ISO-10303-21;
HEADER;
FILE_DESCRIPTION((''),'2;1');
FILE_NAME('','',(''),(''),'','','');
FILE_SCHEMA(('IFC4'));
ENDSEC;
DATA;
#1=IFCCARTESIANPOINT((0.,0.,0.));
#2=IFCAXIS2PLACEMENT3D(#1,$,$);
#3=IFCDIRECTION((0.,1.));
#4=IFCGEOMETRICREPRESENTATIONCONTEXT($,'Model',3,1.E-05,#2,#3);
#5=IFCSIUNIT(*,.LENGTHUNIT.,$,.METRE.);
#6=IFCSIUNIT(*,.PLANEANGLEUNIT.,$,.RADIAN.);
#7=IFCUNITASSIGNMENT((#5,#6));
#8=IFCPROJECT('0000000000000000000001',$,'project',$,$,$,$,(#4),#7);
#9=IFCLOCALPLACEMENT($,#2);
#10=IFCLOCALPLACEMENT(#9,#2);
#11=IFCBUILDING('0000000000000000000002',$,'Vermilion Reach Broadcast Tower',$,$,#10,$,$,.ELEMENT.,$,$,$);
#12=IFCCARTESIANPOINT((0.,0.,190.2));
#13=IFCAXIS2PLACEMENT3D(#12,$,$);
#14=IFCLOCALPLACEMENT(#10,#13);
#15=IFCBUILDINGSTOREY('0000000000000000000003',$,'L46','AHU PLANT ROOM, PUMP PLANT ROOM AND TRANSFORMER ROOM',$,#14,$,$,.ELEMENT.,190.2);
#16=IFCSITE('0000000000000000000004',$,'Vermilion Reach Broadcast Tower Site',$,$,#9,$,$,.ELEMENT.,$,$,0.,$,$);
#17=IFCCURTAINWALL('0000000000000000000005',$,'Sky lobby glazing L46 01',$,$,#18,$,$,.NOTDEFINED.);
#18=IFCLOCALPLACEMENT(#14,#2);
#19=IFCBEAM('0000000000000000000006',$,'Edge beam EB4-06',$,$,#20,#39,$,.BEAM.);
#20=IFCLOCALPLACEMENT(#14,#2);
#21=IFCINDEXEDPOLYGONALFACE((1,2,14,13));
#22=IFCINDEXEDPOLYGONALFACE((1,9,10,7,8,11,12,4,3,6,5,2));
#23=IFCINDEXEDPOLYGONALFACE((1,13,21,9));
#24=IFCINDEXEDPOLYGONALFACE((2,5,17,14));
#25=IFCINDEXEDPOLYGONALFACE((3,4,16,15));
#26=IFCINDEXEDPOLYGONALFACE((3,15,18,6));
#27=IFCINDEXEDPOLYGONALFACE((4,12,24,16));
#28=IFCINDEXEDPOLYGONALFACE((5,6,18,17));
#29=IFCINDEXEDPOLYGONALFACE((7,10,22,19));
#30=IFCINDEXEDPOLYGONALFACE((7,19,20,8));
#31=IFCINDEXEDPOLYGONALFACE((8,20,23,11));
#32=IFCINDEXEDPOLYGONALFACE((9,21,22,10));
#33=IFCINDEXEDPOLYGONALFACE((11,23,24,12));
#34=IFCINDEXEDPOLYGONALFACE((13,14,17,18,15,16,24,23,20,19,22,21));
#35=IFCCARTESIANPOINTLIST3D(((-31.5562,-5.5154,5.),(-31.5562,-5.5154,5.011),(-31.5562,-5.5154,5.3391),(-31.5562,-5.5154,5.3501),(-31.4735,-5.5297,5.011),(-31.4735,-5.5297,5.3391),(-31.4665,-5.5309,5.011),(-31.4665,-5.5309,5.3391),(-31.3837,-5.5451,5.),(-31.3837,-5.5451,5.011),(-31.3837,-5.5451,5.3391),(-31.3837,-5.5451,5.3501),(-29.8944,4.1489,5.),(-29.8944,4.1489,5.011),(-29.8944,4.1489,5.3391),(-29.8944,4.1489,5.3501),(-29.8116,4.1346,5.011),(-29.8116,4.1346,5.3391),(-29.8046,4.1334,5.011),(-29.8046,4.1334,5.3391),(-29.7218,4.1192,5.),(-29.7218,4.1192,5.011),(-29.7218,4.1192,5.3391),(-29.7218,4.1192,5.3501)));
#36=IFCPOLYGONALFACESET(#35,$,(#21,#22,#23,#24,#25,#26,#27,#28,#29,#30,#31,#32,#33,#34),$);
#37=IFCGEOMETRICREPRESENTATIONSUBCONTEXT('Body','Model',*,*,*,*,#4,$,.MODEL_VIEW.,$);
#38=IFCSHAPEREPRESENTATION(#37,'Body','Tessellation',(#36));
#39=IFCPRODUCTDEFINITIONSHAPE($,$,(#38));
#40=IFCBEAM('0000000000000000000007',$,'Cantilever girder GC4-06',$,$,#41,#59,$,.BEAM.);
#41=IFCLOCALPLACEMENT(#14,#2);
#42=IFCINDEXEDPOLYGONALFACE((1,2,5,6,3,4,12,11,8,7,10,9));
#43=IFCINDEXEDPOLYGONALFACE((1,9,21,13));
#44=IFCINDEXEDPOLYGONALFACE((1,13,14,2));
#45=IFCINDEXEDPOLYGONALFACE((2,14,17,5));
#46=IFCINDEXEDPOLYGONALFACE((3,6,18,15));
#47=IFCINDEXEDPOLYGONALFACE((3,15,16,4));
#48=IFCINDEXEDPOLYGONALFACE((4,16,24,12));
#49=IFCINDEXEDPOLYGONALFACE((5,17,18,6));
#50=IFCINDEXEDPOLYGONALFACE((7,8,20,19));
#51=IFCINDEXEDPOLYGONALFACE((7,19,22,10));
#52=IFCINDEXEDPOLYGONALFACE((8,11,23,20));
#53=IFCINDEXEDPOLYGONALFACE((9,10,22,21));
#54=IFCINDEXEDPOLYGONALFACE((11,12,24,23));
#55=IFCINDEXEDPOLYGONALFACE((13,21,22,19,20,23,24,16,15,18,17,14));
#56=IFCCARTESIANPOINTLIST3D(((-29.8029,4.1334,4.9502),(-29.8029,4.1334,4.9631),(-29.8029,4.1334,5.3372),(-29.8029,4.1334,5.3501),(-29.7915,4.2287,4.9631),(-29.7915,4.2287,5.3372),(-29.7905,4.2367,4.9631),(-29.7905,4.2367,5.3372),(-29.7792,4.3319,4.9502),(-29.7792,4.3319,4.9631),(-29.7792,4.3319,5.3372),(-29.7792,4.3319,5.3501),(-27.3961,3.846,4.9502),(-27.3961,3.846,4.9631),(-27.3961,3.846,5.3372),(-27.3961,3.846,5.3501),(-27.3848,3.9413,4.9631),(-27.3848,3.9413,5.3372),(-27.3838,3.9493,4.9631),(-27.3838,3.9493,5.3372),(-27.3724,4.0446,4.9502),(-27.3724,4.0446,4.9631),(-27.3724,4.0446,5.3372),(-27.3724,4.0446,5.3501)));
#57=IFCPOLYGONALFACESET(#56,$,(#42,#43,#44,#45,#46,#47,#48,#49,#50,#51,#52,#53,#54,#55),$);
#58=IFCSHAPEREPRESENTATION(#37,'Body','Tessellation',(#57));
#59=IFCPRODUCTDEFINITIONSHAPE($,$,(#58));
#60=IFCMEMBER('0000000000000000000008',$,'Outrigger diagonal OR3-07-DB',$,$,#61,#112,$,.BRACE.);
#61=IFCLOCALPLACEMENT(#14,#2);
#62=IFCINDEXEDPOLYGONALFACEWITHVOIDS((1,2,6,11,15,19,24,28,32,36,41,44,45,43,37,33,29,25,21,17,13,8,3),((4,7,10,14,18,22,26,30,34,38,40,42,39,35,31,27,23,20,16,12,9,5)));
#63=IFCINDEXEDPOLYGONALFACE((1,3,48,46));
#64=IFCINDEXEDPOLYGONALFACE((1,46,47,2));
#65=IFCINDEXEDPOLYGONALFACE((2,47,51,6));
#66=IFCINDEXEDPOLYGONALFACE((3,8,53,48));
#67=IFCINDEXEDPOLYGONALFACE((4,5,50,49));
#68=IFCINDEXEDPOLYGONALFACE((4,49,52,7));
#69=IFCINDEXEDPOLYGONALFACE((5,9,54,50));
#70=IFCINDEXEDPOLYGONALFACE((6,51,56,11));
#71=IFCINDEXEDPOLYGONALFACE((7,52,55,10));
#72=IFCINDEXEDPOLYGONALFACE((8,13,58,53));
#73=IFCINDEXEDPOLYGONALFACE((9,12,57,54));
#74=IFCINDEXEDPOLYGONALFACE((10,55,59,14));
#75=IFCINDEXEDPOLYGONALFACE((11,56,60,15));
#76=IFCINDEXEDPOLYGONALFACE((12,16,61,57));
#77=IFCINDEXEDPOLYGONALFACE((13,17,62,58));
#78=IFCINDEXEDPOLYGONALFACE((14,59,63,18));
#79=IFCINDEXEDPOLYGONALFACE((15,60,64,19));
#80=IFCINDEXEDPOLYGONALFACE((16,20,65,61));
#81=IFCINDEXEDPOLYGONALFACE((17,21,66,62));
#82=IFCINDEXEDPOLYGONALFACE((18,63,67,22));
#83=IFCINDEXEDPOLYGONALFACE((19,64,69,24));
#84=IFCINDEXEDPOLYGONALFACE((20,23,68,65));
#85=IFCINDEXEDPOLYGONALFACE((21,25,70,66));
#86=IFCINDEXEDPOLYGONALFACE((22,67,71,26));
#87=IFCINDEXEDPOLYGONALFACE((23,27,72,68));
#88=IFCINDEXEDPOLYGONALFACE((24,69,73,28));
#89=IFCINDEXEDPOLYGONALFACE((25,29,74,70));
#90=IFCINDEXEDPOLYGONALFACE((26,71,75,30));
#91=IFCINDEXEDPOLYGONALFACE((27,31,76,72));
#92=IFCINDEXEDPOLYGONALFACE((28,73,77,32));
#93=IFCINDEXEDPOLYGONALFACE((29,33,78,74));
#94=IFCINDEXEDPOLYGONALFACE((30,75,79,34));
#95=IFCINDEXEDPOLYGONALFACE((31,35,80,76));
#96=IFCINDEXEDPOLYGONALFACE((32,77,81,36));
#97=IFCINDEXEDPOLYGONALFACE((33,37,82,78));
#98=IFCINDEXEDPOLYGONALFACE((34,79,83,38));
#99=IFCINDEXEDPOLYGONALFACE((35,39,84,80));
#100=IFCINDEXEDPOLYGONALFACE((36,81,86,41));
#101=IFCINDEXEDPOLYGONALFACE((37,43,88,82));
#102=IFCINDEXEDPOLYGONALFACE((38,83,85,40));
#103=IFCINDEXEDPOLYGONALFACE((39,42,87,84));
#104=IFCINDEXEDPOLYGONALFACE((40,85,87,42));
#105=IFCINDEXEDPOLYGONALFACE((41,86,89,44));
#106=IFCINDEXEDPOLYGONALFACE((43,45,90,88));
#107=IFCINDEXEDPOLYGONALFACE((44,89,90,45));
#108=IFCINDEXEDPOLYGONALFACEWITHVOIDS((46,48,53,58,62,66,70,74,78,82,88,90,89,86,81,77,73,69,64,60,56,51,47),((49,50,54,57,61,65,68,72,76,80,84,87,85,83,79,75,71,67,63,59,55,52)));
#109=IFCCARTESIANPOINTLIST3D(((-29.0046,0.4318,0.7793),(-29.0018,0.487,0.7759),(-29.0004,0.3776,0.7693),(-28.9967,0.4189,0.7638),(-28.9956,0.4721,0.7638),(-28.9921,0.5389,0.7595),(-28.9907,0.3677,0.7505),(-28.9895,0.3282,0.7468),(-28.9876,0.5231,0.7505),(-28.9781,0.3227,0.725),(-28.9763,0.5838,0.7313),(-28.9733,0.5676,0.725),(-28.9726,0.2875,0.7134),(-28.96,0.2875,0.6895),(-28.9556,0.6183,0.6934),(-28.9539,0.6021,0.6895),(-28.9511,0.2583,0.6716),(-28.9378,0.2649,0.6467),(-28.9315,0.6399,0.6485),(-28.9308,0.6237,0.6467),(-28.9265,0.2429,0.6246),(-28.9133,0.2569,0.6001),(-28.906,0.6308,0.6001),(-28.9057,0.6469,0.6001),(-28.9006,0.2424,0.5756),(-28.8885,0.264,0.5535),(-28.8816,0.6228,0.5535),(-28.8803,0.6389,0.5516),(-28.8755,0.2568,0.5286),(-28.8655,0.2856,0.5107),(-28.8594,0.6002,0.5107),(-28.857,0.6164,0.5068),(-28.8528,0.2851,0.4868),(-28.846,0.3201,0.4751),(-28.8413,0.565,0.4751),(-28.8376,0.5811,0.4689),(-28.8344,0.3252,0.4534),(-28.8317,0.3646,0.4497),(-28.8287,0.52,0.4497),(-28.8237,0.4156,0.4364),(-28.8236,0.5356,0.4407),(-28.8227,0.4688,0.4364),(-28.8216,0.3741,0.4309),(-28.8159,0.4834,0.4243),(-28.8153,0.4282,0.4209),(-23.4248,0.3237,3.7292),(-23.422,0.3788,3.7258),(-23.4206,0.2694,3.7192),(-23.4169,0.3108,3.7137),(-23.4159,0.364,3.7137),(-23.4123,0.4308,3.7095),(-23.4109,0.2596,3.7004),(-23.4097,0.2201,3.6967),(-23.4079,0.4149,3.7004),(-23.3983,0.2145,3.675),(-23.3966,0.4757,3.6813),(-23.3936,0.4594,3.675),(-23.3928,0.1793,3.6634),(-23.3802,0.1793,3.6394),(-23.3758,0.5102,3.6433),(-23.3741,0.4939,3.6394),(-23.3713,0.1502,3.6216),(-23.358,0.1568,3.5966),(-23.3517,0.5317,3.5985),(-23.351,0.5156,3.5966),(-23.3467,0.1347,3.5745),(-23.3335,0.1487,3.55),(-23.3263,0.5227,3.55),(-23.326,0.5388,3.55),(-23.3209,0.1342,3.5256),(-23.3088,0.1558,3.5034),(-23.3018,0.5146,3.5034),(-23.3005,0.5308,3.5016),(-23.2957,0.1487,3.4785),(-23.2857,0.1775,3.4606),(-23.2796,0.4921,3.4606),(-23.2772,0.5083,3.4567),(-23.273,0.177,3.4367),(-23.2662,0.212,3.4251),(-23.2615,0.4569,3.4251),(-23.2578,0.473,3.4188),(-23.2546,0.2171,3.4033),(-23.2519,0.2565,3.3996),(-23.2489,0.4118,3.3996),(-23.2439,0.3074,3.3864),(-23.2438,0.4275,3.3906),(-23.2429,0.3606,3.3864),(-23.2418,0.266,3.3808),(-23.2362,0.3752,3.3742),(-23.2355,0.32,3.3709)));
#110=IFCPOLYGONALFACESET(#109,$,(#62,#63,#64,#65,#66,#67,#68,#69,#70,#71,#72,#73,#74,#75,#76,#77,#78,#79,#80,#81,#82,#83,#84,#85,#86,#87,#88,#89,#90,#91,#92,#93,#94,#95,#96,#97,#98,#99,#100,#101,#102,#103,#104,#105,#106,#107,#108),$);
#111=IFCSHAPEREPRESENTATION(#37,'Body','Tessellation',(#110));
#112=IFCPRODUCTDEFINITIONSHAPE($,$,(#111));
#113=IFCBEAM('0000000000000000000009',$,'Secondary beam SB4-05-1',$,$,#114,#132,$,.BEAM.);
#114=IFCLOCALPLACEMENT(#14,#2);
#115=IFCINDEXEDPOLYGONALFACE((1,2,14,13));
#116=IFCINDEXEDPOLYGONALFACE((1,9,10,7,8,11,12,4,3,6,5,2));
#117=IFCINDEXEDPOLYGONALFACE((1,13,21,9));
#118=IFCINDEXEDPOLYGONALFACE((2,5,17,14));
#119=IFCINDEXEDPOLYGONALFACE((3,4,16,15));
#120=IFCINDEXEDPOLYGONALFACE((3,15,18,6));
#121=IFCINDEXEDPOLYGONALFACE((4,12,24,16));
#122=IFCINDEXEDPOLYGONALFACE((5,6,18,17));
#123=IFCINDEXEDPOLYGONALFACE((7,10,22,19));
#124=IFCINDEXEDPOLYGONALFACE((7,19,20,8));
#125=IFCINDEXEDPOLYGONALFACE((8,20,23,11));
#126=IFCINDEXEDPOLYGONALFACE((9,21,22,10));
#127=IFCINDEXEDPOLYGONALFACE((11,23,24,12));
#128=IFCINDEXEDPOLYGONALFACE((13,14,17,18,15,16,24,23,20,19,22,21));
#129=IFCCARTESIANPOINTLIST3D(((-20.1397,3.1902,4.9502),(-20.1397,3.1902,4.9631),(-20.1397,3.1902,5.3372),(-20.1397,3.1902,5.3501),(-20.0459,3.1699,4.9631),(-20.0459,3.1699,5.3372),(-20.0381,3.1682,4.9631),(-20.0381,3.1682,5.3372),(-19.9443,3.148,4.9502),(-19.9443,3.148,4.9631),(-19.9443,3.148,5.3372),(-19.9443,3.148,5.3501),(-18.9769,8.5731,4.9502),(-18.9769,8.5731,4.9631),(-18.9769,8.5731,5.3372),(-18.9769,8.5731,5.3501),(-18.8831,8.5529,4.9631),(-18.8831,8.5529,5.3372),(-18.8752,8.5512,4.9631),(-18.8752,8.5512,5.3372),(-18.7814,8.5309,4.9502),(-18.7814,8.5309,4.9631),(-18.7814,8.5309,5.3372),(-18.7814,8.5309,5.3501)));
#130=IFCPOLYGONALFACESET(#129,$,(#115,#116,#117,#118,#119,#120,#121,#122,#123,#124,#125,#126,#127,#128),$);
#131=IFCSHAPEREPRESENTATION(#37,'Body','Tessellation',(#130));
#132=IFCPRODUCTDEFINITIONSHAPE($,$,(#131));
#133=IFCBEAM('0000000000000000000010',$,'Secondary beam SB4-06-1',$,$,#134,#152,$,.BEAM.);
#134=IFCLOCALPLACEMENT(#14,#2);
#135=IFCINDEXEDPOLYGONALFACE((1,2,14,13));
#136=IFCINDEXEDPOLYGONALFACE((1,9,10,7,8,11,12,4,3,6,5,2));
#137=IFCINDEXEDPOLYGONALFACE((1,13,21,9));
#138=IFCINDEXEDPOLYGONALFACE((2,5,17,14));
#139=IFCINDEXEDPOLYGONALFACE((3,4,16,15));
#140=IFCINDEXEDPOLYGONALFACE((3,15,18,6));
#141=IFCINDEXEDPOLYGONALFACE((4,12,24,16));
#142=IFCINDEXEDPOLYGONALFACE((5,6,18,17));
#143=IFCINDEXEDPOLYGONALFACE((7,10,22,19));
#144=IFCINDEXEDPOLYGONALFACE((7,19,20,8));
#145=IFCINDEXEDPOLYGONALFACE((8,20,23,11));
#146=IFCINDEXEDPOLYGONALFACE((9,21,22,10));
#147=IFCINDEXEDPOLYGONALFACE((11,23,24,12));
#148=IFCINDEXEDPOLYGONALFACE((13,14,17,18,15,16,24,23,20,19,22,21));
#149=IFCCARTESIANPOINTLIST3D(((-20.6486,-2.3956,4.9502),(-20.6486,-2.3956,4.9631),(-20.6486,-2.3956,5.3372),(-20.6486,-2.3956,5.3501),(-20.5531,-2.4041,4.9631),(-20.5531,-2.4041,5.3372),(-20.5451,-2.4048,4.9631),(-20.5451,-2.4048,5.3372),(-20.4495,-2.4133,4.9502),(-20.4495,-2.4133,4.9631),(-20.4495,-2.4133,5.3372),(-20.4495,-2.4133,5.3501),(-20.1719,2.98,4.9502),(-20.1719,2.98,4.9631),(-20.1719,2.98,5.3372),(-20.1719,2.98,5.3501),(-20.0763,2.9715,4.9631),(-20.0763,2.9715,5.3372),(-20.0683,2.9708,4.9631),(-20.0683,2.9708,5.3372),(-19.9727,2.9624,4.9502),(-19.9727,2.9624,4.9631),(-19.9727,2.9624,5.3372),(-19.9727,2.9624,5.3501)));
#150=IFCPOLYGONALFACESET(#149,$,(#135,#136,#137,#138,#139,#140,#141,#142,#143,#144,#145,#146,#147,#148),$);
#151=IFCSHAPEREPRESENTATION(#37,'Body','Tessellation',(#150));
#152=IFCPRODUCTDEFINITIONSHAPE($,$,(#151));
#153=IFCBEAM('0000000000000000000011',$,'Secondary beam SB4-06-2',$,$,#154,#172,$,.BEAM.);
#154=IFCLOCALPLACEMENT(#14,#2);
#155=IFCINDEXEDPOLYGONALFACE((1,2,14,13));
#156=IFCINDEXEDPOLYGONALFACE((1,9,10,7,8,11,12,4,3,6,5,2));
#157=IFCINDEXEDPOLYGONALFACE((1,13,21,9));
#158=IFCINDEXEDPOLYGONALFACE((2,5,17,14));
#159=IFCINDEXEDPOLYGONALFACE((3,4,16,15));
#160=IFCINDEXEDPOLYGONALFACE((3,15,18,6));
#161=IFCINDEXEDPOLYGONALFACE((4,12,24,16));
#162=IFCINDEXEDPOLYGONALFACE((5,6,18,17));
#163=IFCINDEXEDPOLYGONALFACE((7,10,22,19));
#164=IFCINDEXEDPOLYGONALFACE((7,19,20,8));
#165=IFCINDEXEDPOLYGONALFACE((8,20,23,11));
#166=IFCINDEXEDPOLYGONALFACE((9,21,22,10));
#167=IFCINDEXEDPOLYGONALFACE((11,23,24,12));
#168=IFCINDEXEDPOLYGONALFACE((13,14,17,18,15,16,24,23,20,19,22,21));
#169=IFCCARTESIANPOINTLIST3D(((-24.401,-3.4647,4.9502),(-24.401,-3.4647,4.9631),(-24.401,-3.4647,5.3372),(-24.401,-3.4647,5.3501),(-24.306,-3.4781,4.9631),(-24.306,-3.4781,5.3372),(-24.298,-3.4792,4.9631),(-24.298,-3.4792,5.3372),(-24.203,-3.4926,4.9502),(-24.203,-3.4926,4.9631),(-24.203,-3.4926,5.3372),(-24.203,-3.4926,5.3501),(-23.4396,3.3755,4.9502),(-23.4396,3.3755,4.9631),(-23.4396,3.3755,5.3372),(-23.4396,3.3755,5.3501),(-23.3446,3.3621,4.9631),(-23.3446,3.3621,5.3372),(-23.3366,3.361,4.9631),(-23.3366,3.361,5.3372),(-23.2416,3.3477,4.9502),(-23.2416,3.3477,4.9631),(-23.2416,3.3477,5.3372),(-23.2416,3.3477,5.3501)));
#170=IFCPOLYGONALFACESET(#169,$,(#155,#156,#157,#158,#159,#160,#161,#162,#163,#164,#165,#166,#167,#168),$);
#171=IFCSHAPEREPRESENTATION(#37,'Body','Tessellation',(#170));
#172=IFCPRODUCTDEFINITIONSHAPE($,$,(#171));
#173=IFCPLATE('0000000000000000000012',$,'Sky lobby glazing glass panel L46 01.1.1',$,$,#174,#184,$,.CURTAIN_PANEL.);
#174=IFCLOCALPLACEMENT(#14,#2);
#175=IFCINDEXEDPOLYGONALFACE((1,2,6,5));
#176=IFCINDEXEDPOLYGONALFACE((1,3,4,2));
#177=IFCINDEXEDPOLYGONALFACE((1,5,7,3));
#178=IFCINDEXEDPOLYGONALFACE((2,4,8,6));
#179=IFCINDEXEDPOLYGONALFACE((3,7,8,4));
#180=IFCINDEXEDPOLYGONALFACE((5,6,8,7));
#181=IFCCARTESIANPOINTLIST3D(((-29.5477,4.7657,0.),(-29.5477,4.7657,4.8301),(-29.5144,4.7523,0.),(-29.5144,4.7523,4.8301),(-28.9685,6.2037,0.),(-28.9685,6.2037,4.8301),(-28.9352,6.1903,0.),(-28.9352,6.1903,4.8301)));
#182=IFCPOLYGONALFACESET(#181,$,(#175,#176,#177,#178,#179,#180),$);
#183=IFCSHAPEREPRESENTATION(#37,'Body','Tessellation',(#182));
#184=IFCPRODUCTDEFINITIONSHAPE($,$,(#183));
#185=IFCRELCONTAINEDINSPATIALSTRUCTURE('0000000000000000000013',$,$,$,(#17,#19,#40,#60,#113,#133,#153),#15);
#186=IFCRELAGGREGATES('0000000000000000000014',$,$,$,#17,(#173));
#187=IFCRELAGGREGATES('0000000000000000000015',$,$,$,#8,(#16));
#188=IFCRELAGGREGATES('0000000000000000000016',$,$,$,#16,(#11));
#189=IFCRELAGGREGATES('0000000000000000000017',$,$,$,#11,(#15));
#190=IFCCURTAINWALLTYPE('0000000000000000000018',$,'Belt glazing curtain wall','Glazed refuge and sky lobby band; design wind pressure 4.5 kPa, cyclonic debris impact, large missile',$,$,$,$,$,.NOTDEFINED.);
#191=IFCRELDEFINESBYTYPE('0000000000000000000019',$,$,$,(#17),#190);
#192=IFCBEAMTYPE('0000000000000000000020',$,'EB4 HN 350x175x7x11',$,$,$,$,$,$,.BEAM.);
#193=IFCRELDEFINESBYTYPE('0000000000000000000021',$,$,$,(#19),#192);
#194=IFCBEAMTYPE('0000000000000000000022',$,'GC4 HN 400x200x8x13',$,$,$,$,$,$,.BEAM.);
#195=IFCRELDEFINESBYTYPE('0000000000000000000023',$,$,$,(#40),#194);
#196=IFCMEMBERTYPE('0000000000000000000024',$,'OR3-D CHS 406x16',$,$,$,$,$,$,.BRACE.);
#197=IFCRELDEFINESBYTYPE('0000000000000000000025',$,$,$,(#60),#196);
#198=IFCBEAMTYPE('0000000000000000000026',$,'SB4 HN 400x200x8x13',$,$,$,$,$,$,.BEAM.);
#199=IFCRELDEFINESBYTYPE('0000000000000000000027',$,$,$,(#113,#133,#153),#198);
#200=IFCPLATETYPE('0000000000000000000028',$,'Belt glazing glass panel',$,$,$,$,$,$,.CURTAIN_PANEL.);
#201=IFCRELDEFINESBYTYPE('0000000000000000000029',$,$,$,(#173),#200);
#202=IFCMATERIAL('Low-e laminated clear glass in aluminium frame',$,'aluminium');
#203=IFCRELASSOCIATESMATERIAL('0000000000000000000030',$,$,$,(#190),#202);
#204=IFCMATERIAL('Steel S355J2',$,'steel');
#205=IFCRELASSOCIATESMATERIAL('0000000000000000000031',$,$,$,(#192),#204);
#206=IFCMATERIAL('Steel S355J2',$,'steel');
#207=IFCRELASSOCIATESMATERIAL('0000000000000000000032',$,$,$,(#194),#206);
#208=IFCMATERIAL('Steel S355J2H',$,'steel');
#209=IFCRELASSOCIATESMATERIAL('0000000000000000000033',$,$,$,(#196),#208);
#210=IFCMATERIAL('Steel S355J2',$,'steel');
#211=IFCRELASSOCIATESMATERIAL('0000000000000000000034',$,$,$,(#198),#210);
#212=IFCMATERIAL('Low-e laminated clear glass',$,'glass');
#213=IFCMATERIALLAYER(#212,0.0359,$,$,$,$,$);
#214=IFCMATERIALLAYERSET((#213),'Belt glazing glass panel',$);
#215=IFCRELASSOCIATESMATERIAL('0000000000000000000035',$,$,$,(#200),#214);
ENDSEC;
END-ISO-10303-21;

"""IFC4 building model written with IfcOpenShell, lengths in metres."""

from ifc_helpers import new_model, si_unit, direction, frame, origin, origin_2d, place, context, subcontext, project, spatial, rectangle, hollow_circle, i_section, extrude, material, layer, layer_set, material_profile, profile_set, type_object, element, aggregate, save


model = new_model("IFC4")

# Units and contexts
model_context = context("Model", 3, precision=1e-05, world=origin(), true_north=direction((0.0, 1.0)))
body_context = subcontext(model_context, "Body", "Model", "MODEL_VIEW")
ifc_project = project(units=[si_unit("LENGTHUNIT", "METRE"), si_unit("PLANEANGLEUNIT", "RADIAN")], contexts=[model_context])

# Site, building, storey
site_placement = place(None, origin())
site = spatial("IfcSite", under=ifc_project, at=site_placement, Name="Vermilion Reach Broadcast Tower Site", CompositionType="ELEMENT", RefElevation=0.0)
building_placement = place(site_placement, origin())
building = spatial("IfcBuilding", under=site, at=building_placement, Name="Vermilion Reach Broadcast Tower", CompositionType="ELEMENT")
storey_placement = place(building_placement, frame((0.0, 0.0, 190.2)))
storey = spatial("IfcBuildingStorey", under=building, at=storey_placement, Name="L46", Description="AHU PLANT ROOM, PUMP PLANT ROOM AND TRANSFORMER ROOM", CompositionType="ELEMENT", Elevation=190.2)

# Curtain wall
ifc_material_1 = material(Name="Low-e laminated clear glass in aluminium frame", Category="aluminium")
curtain_wall_type = type_object("IfcCurtainWallType", Name="Belt glazing curtain wall", Description="Glazed refuge and sky lobby band; design wind pressure 4.5 kPa, cyclonic debris impact, large missile", PredefinedType="NOTDEFINED", material=ifc_material_1)
curtain_wall_placement = place(storey_placement, origin())
curtain_wall = element("IfcCurtainWall", 1, at=curtain_wall_placement, inside=storey, type_object=curtain_wall_type, Name="Sky lobby glazing L46 01", PredefinedType="NOTDEFINED")

# Beams
ifc_material_2 = material(Name="Steel S355J2", Category="steel")
ifc_material_profile_1 = material_profile(ifc_material_2, i_section(OverallWidth=0.175, OverallDepth=0.3501, WebThickness=0.0071, FlangeThickness=0.011, at=origin_2d()), Name="S355J2 HN 350x175x7x11")
ifc_profile_set_1 = profile_set([ifc_material_profile_1], Name="Steel S355J2")
beam_type_1 = type_object("IfcBeamType", Name="EB4 HN 350x175x7x11", PredefinedType="BEAM", material=ifc_profile_set_1)
beam_1_placement = place(storey_placement, frame((-29.8081, 4.134, 5.175), z_axis=(-0.169472, -0.985535, 0.0), x_axis=(0.985535, -0.169472, 0.0)))
element("IfcBeam", 2, at=beam_1_placement, inside=storey, type_object=beam_type_1, Name="Edge beam EB4-06", PredefinedType="BEAM", context=body_context, shape_type="SweptSolid", body=[
    extrude(i_section(OverallWidth=0.175, OverallDepth=0.3501, WebThickness=0.0071, FlangeThickness=0.011, at=origin_2d()), origin(), (0.0, 0.0, 1.0), 9.8062),
])
ifc_material_3 = material(Name="Steel S355J2", Category="steel")
ifc_material_profile_2 = material_profile(ifc_material_3, i_section(OverallWidth=0.2, OverallDepth=0.3999, WebThickness=0.0081, FlangeThickness=0.0129, at=origin_2d()), Name="S355J2 HN 400x200x8x13")
ifc_profile_set_2 = profile_set([ifc_material_profile_2], Name="Steel S355J2")
beam_type_2 = type_object("IfcBeamType", Name="GC4 HN 400x200x8x13", PredefinedType="BEAM", material=ifc_profile_set_2)
beam_2_placement = place(storey_placement, frame((-27.3843, 3.9453, 5.1501), z_axis=(-0.992948, 0.118553, 0.0), x_axis=(-0.118553, -0.992948, 0.0)))
element("IfcBeam", 3, at=beam_2_placement, inside=storey, type_object=beam_type_2, Name="Cantilever girder GC4-06", PredefinedType="BEAM", context=body_context, shape_type="SweptSolid", body=[
    extrude(i_section(OverallWidth=0.2, OverallDepth=0.3999, WebThickness=0.0081, FlangeThickness=0.0129, at=origin_2d()), origin(), (0.0, 0.0, 1.0), 2.4238),
])

# Member
ifc_material_4 = material(Name="Steel S355J2H", Category="steel")
ifc_material_profile_3 = material_profile(ifc_material_4, hollow_circle(Radius=0.2031, WallThickness=0.0161, at=origin_2d()), Name="S355J2H CHS 406x16")
ifc_profile_set_3 = profile_set([ifc_material_profile_3], Name="Steel S355J2H")
member_type_1 = type_object("IfcMemberType", Name="OR3-D CHS 406x16", PredefinedType="BRACE", material=ifc_profile_set_3)
member_1_placement = place(storey_placement, frame((-28.9097, 0.4438, 0.6001), z_axis=(0.883925, -0.017133, 0.467314), x_axis=(0.019379, 0.999812, 0.0)))
element("IfcMember", 4, at=member_1_placement, inside=storey, type_object=member_type_1, Name="Outrigger diagonal OR3-07-DB", PredefinedType="BRACE", context=body_context, shape_type="SweptSolid", body=[
    extrude(hollow_circle(Radius=0.2031, WallThickness=0.0161, at=origin_2d()), origin(), (0.0, 0.0, 1.0), 6.3125),
])

# Beams
ifc_material_5 = material(Name="Steel S355J2", Category="steel")
ifc_material_profile_4 = material_profile(ifc_material_5, i_section(OverallWidth=0.2, OverallDepth=0.3999, WebThickness=0.0081, FlangeThickness=0.0129, at=origin_2d()), Name="S355J2 HN 400x200x8x13")
ifc_profile_set_4 = profile_set([ifc_material_profile_4], Name="Steel S355J2")
beam_type_3 = type_object("IfcBeamType", Name="SB4 HN 400x200x8x13", PredefinedType="BEAM", material=ifc_profile_set_4)
beam_3_placement = place(storey_placement, frame((-18.8792, 8.552, 5.1501), z_axis=(-0.211158, -0.977452, 0.0), x_axis=(0.977452, -0.211158, 0.0)))
element("IfcBeam", 5, at=beam_3_placement, inside=storey, type_object=beam_type_3, Name="Secondary beam SB4-05-1", PredefinedType="BEAM", context=body_context, shape_type="SweptSolid", body=[
    extrude(i_section(OverallWidth=0.2, OverallDepth=0.3999, WebThickness=0.0081, FlangeThickness=0.0129, at=origin_2d()), origin(), (0.0, 0.0, 1.0), 5.5071),
])
beam_4_placement = place(storey_placement, frame((-20.0723, 2.9712, 5.1501), z_axis=(-0.088349, -0.99609, 0.0), x_axis=(0.99609, -0.088349, 0.0)))
element("IfcBeam", 6, at=beam_4_placement, inside=storey, type_object=beam_type_3, Name="Secondary beam SB4-06-1", PredefinedType="BEAM", context=body_context, shape_type="SweptSolid", body=[
    extrude(i_section(OverallWidth=0.2, OverallDepth=0.3999, WebThickness=0.0081, FlangeThickness=0.0129, at=origin_2d()), origin(), (0.0, 0.0, 1.0), 5.3967),
])
beam_5_placement = place(storey_placement, frame((-23.3406, 3.3616, 5.1501), z_axis=(-0.139184, -0.990266, 0.0), x_axis=(0.990266, -0.139184, 0.0)))
element("IfcBeam", 7, at=beam_5_placement, inside=storey, type_object=beam_type_3, Name="Secondary beam SB4-06-2", PredefinedType="BEAM", context=body_context, shape_type="SweptSolid", body=[
    extrude(i_section(OverallWidth=0.2, OverallDepth=0.3999, WebThickness=0.0081, FlangeThickness=0.0129, at=origin_2d()), origin(), (0.0, 0.0, 1.0), 6.9075),
])

# Plate
ifc_material_6 = material(Name="Low-e laminated clear glass", Category="glass")
ifc_layer_1 = layer(ifc_material_6, 0.0359)
ifc_layer_set_1 = layer_set([ifc_layer_1], Name="Belt glazing glass panel")
plate_type = type_object("IfcPlateType", Name="Belt glazing glass panel", PredefinedType="CURTAIN_PANEL", material=ifc_layer_set_1)
plate_1_placement = place(storey_placement, frame((-29.2415, 5.478, 0.0), z_axis=(0.0, 0.0, 1.0), x_axis=(-0.373605, -0.927588, 0.0)))
plate_1 = element("IfcPlate", 8, at=plate_1_placement, type_object=plate_type, Name="Sky lobby glazing glass panel L46 01.1.1", PredefinedType="CURTAIN_PANEL", context=body_context, shape_type="SweptSolid", body=[
    extrude(rectangle(XDim=1.5503, YDim=0.0359, at=origin_2d()), origin(), (0.0, 0.0, 1.0), 4.8301),
])
aggregate(curtain_wall, [plate_1])

save(model, "model.ifc")
